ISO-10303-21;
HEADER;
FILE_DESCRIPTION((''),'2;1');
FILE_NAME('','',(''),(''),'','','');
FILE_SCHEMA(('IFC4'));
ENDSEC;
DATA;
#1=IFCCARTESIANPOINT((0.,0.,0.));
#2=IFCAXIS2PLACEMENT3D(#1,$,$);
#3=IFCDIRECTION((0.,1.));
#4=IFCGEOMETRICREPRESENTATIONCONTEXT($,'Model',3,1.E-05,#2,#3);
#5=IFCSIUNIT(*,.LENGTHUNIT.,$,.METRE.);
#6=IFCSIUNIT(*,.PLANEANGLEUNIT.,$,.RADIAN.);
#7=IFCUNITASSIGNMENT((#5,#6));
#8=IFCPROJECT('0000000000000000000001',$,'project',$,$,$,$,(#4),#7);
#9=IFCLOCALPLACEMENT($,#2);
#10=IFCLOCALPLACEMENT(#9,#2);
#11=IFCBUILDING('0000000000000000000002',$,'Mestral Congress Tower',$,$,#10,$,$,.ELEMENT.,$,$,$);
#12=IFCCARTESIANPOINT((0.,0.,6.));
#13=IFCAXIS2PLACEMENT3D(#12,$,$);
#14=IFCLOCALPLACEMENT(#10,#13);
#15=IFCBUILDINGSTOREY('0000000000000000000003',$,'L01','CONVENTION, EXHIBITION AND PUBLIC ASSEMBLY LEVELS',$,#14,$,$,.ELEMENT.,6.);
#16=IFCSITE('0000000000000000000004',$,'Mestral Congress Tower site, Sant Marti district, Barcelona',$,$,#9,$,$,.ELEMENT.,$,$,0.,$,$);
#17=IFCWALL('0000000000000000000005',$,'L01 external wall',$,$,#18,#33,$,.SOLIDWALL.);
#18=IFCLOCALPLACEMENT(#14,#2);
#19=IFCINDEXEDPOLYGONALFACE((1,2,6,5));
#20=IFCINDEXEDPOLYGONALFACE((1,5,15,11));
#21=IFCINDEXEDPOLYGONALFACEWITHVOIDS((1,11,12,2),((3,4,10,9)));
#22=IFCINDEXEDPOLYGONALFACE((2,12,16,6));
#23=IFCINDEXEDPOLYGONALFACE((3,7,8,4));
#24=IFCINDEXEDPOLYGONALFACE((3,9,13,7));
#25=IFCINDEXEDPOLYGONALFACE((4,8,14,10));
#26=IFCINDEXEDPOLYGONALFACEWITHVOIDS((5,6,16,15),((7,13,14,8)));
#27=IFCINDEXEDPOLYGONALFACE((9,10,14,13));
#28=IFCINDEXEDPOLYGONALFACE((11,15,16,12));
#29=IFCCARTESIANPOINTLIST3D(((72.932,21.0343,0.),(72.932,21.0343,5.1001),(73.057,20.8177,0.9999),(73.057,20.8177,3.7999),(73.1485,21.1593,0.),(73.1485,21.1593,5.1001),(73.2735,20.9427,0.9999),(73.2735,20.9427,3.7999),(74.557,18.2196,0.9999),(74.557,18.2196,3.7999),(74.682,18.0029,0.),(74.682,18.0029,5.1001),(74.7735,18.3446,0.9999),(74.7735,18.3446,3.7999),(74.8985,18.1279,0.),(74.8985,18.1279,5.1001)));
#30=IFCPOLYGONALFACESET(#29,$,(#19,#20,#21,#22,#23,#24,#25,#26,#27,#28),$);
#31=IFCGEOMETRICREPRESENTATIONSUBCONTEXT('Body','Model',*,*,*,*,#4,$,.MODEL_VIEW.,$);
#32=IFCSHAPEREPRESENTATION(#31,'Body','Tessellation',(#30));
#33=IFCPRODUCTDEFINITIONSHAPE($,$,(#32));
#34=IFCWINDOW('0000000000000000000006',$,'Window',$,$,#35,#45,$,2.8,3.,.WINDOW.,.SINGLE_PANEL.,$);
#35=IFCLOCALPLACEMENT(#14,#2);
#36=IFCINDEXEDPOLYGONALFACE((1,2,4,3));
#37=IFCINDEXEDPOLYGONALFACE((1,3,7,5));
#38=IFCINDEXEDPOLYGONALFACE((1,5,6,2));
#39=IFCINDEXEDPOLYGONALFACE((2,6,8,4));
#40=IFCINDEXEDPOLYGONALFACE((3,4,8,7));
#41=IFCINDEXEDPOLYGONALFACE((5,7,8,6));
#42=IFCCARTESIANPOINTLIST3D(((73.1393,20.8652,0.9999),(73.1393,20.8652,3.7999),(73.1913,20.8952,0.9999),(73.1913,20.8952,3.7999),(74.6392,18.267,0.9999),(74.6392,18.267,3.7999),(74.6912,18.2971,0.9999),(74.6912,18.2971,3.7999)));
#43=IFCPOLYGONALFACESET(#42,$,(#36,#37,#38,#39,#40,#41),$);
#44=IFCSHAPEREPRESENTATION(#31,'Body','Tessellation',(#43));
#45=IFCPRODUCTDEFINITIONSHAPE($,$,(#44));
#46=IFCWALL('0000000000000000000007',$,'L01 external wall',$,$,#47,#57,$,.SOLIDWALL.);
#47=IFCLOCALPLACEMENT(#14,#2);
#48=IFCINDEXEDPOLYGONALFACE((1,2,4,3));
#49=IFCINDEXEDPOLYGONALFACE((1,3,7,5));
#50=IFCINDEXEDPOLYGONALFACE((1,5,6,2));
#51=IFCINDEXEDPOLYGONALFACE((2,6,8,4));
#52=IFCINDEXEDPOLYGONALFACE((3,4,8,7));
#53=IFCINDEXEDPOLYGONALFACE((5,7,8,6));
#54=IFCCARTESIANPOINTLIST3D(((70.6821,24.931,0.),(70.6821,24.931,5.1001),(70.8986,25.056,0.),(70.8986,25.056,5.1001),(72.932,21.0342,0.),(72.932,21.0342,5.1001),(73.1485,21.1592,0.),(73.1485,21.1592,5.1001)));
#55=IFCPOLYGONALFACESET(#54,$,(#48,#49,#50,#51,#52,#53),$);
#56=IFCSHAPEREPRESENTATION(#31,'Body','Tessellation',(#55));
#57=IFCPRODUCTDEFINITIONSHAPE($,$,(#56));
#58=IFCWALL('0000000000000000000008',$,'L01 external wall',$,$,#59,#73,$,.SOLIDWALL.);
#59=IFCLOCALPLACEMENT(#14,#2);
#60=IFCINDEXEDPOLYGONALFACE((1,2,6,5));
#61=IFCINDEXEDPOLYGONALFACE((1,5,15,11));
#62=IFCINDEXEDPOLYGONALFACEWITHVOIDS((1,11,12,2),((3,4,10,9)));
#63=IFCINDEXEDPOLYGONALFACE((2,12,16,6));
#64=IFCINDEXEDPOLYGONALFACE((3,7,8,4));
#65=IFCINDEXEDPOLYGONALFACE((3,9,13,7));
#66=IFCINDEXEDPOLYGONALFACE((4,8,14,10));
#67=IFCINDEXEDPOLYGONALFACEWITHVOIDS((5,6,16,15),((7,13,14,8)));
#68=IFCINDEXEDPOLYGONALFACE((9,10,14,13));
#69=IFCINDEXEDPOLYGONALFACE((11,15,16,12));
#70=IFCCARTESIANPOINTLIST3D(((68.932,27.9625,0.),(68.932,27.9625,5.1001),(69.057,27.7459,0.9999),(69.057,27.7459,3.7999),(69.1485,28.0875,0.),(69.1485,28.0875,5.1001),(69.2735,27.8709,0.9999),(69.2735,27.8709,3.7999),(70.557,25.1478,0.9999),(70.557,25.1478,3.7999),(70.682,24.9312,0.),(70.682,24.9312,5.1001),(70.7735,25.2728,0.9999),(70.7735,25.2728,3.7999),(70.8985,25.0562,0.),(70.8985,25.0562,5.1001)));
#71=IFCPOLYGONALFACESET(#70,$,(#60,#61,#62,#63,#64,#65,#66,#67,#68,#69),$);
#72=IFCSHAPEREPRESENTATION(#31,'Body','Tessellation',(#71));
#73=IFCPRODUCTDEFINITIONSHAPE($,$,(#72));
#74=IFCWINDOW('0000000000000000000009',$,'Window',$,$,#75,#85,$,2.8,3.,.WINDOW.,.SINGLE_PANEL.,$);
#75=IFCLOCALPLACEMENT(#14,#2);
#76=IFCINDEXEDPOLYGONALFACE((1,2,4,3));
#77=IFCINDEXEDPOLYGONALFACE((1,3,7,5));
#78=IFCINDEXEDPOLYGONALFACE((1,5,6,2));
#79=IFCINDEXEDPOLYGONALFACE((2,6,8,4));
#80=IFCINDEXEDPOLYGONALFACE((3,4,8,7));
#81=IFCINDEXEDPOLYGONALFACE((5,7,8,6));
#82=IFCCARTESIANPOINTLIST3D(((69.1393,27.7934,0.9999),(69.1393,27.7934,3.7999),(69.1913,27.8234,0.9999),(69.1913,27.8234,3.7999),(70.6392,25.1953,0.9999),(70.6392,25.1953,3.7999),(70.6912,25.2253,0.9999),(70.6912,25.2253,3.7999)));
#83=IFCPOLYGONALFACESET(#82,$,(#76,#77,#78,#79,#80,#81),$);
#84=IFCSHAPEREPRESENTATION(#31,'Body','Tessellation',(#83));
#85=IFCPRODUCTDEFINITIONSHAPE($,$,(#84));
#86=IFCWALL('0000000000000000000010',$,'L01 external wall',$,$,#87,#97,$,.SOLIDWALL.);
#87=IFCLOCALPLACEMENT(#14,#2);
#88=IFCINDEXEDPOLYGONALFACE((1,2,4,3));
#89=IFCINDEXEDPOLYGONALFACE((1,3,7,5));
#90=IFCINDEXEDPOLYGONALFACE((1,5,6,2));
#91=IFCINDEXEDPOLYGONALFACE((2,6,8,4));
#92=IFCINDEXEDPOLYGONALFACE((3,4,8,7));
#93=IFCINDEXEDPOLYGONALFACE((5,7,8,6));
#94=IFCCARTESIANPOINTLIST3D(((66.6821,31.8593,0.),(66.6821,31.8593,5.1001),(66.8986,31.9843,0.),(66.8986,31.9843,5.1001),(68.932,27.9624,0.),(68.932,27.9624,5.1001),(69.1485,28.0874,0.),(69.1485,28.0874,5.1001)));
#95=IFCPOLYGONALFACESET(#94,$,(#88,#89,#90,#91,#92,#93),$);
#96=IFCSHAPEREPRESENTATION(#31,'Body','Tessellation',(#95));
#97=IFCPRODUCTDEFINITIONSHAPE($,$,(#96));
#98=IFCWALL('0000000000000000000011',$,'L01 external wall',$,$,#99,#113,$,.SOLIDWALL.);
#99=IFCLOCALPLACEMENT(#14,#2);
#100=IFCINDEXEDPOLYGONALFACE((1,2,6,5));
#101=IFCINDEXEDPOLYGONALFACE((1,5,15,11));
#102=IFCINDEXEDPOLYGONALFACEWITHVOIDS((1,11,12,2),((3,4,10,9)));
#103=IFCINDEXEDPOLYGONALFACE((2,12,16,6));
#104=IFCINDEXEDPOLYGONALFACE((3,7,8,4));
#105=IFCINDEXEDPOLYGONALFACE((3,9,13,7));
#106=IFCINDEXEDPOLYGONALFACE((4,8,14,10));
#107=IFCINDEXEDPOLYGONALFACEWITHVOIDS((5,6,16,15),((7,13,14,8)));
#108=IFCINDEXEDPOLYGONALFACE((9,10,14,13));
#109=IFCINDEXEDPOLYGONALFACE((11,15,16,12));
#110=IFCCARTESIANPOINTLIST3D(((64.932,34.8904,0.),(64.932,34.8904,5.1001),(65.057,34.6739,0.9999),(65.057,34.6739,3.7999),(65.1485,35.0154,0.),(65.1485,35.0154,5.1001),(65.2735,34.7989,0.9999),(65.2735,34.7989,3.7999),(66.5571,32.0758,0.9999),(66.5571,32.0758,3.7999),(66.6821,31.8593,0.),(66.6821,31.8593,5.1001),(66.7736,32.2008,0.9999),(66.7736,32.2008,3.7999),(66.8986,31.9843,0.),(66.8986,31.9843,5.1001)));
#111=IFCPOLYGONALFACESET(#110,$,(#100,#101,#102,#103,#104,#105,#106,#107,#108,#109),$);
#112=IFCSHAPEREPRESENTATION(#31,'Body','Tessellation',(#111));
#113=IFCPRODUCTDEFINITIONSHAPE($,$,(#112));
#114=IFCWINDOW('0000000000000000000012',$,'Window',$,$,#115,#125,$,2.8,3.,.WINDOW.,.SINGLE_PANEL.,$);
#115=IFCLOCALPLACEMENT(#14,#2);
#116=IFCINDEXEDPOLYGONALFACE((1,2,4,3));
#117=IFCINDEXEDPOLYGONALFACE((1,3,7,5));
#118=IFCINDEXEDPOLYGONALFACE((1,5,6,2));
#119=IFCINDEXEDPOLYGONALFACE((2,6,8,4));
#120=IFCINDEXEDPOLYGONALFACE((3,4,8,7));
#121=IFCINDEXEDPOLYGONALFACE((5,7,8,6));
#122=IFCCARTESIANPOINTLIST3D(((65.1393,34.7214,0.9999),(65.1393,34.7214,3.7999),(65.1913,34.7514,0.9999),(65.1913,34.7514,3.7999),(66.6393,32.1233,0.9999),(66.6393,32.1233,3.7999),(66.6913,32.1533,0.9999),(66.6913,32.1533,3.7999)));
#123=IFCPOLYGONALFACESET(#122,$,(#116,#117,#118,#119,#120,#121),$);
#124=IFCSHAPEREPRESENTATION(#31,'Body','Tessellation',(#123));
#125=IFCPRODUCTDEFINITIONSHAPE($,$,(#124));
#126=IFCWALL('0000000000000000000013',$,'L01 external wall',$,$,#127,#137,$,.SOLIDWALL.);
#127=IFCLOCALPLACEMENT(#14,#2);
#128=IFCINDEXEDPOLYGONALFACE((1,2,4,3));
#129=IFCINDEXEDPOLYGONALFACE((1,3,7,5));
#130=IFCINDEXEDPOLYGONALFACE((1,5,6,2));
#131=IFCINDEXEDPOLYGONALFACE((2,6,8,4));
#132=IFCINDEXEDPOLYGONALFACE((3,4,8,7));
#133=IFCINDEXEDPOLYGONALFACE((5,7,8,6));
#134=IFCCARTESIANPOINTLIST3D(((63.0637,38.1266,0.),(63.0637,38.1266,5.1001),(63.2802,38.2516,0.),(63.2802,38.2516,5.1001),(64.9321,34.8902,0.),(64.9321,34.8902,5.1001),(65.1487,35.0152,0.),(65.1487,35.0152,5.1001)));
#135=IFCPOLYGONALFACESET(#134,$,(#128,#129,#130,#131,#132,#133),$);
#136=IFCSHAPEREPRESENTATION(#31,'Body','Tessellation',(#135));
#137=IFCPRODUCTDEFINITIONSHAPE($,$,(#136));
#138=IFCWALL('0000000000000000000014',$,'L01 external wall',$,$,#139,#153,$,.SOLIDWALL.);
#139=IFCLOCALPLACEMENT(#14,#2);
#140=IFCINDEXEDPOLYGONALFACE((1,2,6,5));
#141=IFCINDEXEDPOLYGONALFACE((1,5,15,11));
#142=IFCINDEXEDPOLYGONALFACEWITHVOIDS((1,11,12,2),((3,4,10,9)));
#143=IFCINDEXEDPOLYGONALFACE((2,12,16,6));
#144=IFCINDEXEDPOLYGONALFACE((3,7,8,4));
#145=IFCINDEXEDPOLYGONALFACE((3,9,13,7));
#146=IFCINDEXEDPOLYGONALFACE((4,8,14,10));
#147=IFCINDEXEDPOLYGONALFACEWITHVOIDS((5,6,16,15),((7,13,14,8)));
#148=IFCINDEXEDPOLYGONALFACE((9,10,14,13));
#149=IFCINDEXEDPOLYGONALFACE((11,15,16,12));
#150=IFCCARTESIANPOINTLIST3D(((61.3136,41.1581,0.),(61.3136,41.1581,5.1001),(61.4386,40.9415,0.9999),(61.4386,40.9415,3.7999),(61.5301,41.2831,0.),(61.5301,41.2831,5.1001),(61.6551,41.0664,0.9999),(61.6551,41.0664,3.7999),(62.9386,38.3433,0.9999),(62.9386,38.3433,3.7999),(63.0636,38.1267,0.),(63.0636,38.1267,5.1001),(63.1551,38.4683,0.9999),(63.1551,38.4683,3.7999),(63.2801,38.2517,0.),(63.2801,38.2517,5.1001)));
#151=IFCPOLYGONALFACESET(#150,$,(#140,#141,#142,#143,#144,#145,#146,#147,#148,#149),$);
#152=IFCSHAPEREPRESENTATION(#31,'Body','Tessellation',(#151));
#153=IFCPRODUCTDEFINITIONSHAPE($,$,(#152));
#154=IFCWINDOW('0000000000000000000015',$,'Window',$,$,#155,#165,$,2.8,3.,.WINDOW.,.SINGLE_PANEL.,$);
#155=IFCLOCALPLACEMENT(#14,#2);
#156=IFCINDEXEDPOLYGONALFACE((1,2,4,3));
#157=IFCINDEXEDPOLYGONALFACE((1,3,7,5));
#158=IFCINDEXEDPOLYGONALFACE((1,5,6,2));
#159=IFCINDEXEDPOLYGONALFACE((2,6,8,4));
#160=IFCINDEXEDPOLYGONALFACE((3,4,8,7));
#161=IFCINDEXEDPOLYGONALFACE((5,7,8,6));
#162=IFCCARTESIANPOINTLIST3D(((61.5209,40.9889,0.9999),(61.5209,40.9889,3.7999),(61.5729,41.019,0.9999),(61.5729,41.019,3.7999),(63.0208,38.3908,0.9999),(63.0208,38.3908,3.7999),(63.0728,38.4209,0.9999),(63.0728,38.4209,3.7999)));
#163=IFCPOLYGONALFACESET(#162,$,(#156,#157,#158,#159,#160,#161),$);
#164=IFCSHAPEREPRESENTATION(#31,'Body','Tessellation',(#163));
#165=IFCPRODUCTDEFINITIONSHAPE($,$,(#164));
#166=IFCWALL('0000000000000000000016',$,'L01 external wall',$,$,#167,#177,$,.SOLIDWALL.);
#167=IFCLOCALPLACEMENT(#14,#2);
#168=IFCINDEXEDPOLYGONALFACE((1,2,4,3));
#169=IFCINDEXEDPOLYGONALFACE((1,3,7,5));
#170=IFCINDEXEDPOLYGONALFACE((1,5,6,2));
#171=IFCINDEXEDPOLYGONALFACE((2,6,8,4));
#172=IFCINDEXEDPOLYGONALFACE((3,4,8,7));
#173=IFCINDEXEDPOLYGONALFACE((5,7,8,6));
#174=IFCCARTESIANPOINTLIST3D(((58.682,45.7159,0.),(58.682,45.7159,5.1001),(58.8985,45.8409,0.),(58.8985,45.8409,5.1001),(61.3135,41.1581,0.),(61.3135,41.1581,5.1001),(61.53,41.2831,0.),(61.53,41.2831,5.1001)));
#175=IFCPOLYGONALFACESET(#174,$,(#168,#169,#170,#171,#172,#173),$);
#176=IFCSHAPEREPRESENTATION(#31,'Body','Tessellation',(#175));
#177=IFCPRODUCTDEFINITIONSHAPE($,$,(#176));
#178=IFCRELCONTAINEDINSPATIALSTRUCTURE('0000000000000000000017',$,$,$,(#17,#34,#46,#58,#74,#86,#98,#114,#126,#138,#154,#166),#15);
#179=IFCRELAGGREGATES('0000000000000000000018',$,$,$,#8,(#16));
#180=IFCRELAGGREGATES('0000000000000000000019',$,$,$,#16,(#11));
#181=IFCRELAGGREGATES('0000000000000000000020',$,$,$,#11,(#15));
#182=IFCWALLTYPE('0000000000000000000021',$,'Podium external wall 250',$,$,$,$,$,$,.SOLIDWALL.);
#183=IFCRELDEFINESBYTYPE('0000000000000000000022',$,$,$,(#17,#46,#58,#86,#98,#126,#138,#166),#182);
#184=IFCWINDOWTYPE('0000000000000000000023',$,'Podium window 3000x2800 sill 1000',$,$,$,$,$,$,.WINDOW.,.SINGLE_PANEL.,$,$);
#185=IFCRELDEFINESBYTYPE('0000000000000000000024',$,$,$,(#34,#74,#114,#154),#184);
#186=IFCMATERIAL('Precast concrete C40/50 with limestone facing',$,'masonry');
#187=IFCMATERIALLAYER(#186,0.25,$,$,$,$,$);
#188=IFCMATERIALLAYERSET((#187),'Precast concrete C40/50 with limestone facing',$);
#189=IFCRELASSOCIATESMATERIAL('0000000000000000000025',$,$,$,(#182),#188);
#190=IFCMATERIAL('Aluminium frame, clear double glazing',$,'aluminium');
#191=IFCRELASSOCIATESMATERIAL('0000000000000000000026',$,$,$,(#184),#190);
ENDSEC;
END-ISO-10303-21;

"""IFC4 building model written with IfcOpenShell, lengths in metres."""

from ifc_helpers import new_model, si_unit, direction, frame, frame_2d, origin, place, context, subcontext, project, spatial, rectangle, extrude, material, layer, layer_set, type_object, element, fill, save


model = new_model("IFC4")

# Units and contexts
model_context = context("Model", 3, precision=1e-05, world=origin(), true_north=direction((0.0, 1.0)))
body_context = subcontext(model_context, "Body", "Model", "MODEL_VIEW")
ifc_project = project(units=[si_unit("LENGTHUNIT", "METRE"), si_unit("PLANEANGLEUNIT", "RADIAN")], contexts=[model_context])

# Site, building, storey
site_placement = place(None, origin())
site = spatial("IfcSite", under=ifc_project, at=site_placement, Name="Mestral Congress Tower site, Sant Marti district, Barcelona", CompositionType="ELEMENT", RefElevation=0.0)
building_placement = place(site_placement, origin())
building = spatial("IfcBuilding", under=site, at=building_placement, Name="Mestral Congress Tower", CompositionType="ELEMENT")
storey_placement = place(building_placement, frame((0.0, 0.0, 6.0)))
storey = spatial("IfcBuildingStorey", under=building, at=storey_placement, Name="L01", Description="CONVENTION, EXHIBITION AND PUBLIC ASSEMBLY LEVELS", CompositionType="ELEMENT", Elevation=6.0)

# Shared definitions
ifc_material_1 = material(Name="Precast concrete C40/50 with limestone facing", Category="masonry")
ifc_layer_1 = layer(ifc_material_1, 0.25)
ifc_layer_set_1 = layer_set([ifc_layer_1], Name="Precast concrete C40/50 with limestone facing")
wall_type_1 = type_object("IfcWallType", Name="Podium external wall 250", PredefinedType="SOLIDWALL", material=ifc_layer_set_1)
ifc_material_2 = material(Name="Aluminium frame, clear double glazing", Category="aluminium")
window_type = type_object("IfcWindowType", Name="Podium window 3000x2800 sill 1000", PartitioningType="SINGLE_PANEL", PredefinedType="WINDOW", material=ifc_material_2)

# Wall, opening, window
wall_1_placement = place(storey_placement, frame((73.0403, 21.0967, 0.0), z_axis=(0.0, 0.0, 1.0), x_axis=(0.49998, -0.866037, 0.0)))
wall_1 = element("IfcWall", 1, at=wall_1_placement, inside=storey, type_object=wall_type_1, Name="L01 external wall", PredefinedType="SOLIDWALL", context=body_context, shape_type="SweptSolid", body=[
    extrude(rectangle(XDim=3.5002, YDim=0.25, at=frame_2d((1.75, 0.0))), origin(), (0.0, 0.0, 1.0), 5.1001),
])
opening_1_placement = place(wall_1_placement, frame((0.25, 0.0, 1.0)))
opening_1 = element("IfcOpeningElement", 2, at=opening_1_placement, cuts=wall_1, PredefinedType="OPENING", context=body_context, shape_type="SweptSolid", body=[
    extrude(rectangle(XDim=3.0, YDim=2.8, at=frame_2d((1.5, 1.3999))), frame((0.0, 0.135, 0.0), z_axis=(0.0, -1.0, 0.0), x_axis=(1.0, 0.0, 0.0)), (0.0, 0.0, 1.0), 0.27),
])
window_1_placement = place(opening_1_placement, origin())
window_1 = element("IfcWindow", 3, at=window_1_placement, inside=storey, type_object=window_type, Name="Window", OverallHeight=2.8, OverallWidth=3.0, PartitioningType="SINGLE_PANEL", PredefinedType="WINDOW", context=body_context, shape_type="SweptSolid", body=[
    extrude(rectangle(XDim=3.0, YDim=2.8, at=frame_2d((1.5, 1.3999))), frame((0.0, 0.03, 0.0), z_axis=(0.0, -1.0, 0.0), x_axis=(1.0, 0.0, 0.0)), (0.0, 0.0, 1.0), 0.0601),
])
fill(opening_1, window_1)

# Wall
wall_2_placement = place(storey_placement, frame((70.7903, 24.9937, 0.0), z_axis=(0.0, 0.0, 1.0), x_axis=(0.500014, -0.866018, 0.0)))
element("IfcWall", 4, at=wall_2_placement, inside=storey, type_object=wall_type_1, Name="L01 external wall", PredefinedType="SOLIDWALL", context=body_context, shape_type="SweptSolid", body=[
    extrude(rectangle(XDim=4.4998, YDim=0.25, at=frame_2d((2.25, 0.0))), origin(), (0.0, 0.0, 1.0), 5.1001),
])

# Wall, opening, window
wall_3_placement = place(storey_placement, frame((69.0403, 28.0249, 0.0), z_axis=(0.0, 0.0, 1.0), x_axis=(0.49998, -0.866037, 0.0)))
wall_3 = element("IfcWall", 5, at=wall_3_placement, inside=storey, type_object=wall_type_1, Name="L01 external wall", PredefinedType="SOLIDWALL", context=body_context, shape_type="SweptSolid", body=[
    extrude(rectangle(XDim=3.5002, YDim=0.25, at=frame_2d((1.75, 0.0))), origin(), (0.0, 0.0, 1.0), 5.1001),
])
opening_2_placement = place(wall_3_placement, frame((0.25, 0.0, 1.0)))
opening_2 = element("IfcOpeningElement", 6, at=opening_2_placement, cuts=wall_3, PredefinedType="OPENING", context=body_context, shape_type="SweptSolid", body=[
    extrude(rectangle(XDim=3.0, YDim=2.8, at=frame_2d((1.5, 1.3999))), frame((0.0, 0.135, 0.0), z_axis=(0.0, -1.0, 0.0), x_axis=(1.0, 0.0, 0.0)), (0.0, 0.0, 1.0), 0.27),
])
window_2_placement = place(opening_2_placement, origin())
window_2 = element("IfcWindow", 7, at=window_2_placement, inside=storey, type_object=window_type, Name="Window", OverallHeight=2.8, OverallWidth=3.0, PartitioningType="SINGLE_PANEL", PredefinedType="WINDOW", context=body_context, shape_type="SweptSolid", body=[
    extrude(rectangle(XDim=3.0, YDim=2.8, at=frame_2d((1.5, 1.3999))), frame((0.0, 0.03, 0.0), z_axis=(0.0, -1.0, 0.0), x_axis=(1.0, 0.0, 0.0)), (0.0, 0.0, 1.0), 0.0601),
])
fill(opening_2, window_2)

# Wall
wall_4_placement = place(storey_placement, frame((66.7903, 31.9219, 0.0), z_axis=(0.0, 0.0, 1.0), x_axis=(0.500014, -0.866018, 0.0)))
element("IfcWall", 8, at=wall_4_placement, inside=storey, type_object=wall_type_1, Name="L01 external wall", PredefinedType="SOLIDWALL", context=body_context, shape_type="SweptSolid", body=[
    extrude(rectangle(XDim=4.4998, YDim=0.25, at=frame_2d((2.25, 0.0))), origin(), (0.0, 0.0, 1.0), 5.1001),
])

# Wall, opening, window
wall_5_placement = place(storey_placement, frame((65.0403, 34.9529, 0.0), z_axis=(0.0, 0.0, 1.0), x_axis=(0.50001, -0.866019, 0.0)))
wall_5 = element("IfcWall", 9, at=wall_5_placement, inside=storey, type_object=wall_type_1, Name="L01 external wall", PredefinedType="SOLIDWALL", context=body_context, shape_type="SweptSolid", body=[
    extrude(rectangle(XDim=3.5, YDim=0.25, at=frame_2d((1.75, 0.0))), origin(), (0.0, 0.0, 1.0), 5.1001),
])
opening_3_placement = place(wall_5_placement, frame((0.25, 0.0, 1.0)))
opening_3 = element("IfcOpeningElement", 10, at=opening_3_placement, cuts=wall_5, PredefinedType="OPENING", context=body_context, shape_type="SweptSolid", body=[
    extrude(rectangle(XDim=3.0, YDim=2.8, at=frame_2d((1.5, 1.3999))), frame((0.0, 0.135, 0.0), z_axis=(0.0, -1.0, 0.0), x_axis=(1.0, 0.0, 0.0)), (0.0, 0.0, 1.0), 0.27),
])
window_3_placement = place(opening_3_placement, origin())
window_3 = element("IfcWindow", 11, at=window_3_placement, inside=storey, type_object=window_type, Name="Window", OverallHeight=2.8, OverallWidth=3.0, PartitioningType="SINGLE_PANEL", PredefinedType="WINDOW", context=body_context, shape_type="SweptSolid", body=[
    extrude(rectangle(XDim=3.0, YDim=2.8, at=frame_2d((1.5, 1.3999))), frame((0.0, 0.03, 0.0), z_axis=(0.0, -1.0, 0.0), x_axis=(1.0, 0.0, 0.0)), (0.0, 0.0, 1.0), 0.0601),
])
fill(opening_3, window_3)

# Wall
wall_6_placement = place(storey_placement, frame((63.1719, 38.1892, 0.0), z_axis=(0.0, 0.0, 1.0), x_axis=(0.499983, -0.866035, 0.0)))
element("IfcWall", 12, at=wall_6_placement, inside=storey, type_object=wall_type_1, Name="L01 external wall", PredefinedType="SOLIDWALL", context=body_context, shape_type="SweptSolid", body=[
    extrude(rectangle(XDim=3.7371, YDim=0.25, at=frame_2d((1.8687, 0.0))), origin(), (0.0, 0.0, 1.0), 5.1001),
])

# Wall, opening, window
wall_7_placement = place(storey_placement, frame((61.4219, 41.2205, 0.0), z_axis=(0.0, 0.0, 1.0), x_axis=(0.49998, -0.866037, 0.0)))
wall_7 = element("IfcWall", 13, at=wall_7_placement, inside=storey, type_object=wall_type_1, Name="L01 external wall", PredefinedType="SOLIDWALL", context=body_context, shape_type="SweptSolid", body=[
    extrude(rectangle(XDim=3.5002, YDim=0.25, at=frame_2d((1.75, 0.0))), origin(), (0.0, 0.0, 1.0), 5.1001),
])
opening_4_placement = place(wall_7_placement, frame((0.25, 0.0, 1.0)))
opening_4 = element("IfcOpeningElement", 14, at=opening_4_placement, cuts=wall_7, PredefinedType="OPENING", context=body_context, shape_type="SweptSolid", body=[
    extrude(rectangle(XDim=3.0, YDim=2.8, at=frame_2d((1.5, 1.3999))), frame((0.0, 0.135, 0.0), z_axis=(0.0, -1.0, 0.0), x_axis=(1.0, 0.0, 0.0)), (0.0, 0.0, 1.0), 0.27),
])
window_4_placement = place(opening_4_placement, origin())
window_4 = element("IfcWindow", 15, at=window_4_placement, inside=storey, type_object=window_type, Name="Window", OverallHeight=2.8, OverallWidth=3.0, PartitioningType="SINGLE_PANEL", PredefinedType="WINDOW", context=body_context, shape_type="SweptSolid", body=[
    extrude(rectangle(XDim=3.0, YDim=2.8, at=frame_2d((1.5, 1.3999))), frame((0.0, 0.03, 0.0), z_axis=(0.0, -1.0, 0.0), x_axis=(1.0, 0.0, 0.0)), (0.0, 0.0, 1.0), 0.0601),
])
fill(opening_4, window_4)

# Wall
wall_8_placement = place(storey_placement, frame((58.7903, 45.7783, 0.0), z_axis=(0.0, 0.0, 1.0), x_axis=(0.500016, -0.866016, 0.0)))
element("IfcWall", 16, at=wall_8_placement, inside=storey, type_object=wall_type_1, Name="L01 external wall", PredefinedType="SOLIDWALL", context=body_context, shape_type="SweptSolid", body=[
    extrude(rectangle(XDim=5.2629, YDim=0.25, at=frame_2d((2.6313, 0.0))), origin(), (0.0, 0.0, 1.0), 5.1001),
])

save(model, "model.ifc")
